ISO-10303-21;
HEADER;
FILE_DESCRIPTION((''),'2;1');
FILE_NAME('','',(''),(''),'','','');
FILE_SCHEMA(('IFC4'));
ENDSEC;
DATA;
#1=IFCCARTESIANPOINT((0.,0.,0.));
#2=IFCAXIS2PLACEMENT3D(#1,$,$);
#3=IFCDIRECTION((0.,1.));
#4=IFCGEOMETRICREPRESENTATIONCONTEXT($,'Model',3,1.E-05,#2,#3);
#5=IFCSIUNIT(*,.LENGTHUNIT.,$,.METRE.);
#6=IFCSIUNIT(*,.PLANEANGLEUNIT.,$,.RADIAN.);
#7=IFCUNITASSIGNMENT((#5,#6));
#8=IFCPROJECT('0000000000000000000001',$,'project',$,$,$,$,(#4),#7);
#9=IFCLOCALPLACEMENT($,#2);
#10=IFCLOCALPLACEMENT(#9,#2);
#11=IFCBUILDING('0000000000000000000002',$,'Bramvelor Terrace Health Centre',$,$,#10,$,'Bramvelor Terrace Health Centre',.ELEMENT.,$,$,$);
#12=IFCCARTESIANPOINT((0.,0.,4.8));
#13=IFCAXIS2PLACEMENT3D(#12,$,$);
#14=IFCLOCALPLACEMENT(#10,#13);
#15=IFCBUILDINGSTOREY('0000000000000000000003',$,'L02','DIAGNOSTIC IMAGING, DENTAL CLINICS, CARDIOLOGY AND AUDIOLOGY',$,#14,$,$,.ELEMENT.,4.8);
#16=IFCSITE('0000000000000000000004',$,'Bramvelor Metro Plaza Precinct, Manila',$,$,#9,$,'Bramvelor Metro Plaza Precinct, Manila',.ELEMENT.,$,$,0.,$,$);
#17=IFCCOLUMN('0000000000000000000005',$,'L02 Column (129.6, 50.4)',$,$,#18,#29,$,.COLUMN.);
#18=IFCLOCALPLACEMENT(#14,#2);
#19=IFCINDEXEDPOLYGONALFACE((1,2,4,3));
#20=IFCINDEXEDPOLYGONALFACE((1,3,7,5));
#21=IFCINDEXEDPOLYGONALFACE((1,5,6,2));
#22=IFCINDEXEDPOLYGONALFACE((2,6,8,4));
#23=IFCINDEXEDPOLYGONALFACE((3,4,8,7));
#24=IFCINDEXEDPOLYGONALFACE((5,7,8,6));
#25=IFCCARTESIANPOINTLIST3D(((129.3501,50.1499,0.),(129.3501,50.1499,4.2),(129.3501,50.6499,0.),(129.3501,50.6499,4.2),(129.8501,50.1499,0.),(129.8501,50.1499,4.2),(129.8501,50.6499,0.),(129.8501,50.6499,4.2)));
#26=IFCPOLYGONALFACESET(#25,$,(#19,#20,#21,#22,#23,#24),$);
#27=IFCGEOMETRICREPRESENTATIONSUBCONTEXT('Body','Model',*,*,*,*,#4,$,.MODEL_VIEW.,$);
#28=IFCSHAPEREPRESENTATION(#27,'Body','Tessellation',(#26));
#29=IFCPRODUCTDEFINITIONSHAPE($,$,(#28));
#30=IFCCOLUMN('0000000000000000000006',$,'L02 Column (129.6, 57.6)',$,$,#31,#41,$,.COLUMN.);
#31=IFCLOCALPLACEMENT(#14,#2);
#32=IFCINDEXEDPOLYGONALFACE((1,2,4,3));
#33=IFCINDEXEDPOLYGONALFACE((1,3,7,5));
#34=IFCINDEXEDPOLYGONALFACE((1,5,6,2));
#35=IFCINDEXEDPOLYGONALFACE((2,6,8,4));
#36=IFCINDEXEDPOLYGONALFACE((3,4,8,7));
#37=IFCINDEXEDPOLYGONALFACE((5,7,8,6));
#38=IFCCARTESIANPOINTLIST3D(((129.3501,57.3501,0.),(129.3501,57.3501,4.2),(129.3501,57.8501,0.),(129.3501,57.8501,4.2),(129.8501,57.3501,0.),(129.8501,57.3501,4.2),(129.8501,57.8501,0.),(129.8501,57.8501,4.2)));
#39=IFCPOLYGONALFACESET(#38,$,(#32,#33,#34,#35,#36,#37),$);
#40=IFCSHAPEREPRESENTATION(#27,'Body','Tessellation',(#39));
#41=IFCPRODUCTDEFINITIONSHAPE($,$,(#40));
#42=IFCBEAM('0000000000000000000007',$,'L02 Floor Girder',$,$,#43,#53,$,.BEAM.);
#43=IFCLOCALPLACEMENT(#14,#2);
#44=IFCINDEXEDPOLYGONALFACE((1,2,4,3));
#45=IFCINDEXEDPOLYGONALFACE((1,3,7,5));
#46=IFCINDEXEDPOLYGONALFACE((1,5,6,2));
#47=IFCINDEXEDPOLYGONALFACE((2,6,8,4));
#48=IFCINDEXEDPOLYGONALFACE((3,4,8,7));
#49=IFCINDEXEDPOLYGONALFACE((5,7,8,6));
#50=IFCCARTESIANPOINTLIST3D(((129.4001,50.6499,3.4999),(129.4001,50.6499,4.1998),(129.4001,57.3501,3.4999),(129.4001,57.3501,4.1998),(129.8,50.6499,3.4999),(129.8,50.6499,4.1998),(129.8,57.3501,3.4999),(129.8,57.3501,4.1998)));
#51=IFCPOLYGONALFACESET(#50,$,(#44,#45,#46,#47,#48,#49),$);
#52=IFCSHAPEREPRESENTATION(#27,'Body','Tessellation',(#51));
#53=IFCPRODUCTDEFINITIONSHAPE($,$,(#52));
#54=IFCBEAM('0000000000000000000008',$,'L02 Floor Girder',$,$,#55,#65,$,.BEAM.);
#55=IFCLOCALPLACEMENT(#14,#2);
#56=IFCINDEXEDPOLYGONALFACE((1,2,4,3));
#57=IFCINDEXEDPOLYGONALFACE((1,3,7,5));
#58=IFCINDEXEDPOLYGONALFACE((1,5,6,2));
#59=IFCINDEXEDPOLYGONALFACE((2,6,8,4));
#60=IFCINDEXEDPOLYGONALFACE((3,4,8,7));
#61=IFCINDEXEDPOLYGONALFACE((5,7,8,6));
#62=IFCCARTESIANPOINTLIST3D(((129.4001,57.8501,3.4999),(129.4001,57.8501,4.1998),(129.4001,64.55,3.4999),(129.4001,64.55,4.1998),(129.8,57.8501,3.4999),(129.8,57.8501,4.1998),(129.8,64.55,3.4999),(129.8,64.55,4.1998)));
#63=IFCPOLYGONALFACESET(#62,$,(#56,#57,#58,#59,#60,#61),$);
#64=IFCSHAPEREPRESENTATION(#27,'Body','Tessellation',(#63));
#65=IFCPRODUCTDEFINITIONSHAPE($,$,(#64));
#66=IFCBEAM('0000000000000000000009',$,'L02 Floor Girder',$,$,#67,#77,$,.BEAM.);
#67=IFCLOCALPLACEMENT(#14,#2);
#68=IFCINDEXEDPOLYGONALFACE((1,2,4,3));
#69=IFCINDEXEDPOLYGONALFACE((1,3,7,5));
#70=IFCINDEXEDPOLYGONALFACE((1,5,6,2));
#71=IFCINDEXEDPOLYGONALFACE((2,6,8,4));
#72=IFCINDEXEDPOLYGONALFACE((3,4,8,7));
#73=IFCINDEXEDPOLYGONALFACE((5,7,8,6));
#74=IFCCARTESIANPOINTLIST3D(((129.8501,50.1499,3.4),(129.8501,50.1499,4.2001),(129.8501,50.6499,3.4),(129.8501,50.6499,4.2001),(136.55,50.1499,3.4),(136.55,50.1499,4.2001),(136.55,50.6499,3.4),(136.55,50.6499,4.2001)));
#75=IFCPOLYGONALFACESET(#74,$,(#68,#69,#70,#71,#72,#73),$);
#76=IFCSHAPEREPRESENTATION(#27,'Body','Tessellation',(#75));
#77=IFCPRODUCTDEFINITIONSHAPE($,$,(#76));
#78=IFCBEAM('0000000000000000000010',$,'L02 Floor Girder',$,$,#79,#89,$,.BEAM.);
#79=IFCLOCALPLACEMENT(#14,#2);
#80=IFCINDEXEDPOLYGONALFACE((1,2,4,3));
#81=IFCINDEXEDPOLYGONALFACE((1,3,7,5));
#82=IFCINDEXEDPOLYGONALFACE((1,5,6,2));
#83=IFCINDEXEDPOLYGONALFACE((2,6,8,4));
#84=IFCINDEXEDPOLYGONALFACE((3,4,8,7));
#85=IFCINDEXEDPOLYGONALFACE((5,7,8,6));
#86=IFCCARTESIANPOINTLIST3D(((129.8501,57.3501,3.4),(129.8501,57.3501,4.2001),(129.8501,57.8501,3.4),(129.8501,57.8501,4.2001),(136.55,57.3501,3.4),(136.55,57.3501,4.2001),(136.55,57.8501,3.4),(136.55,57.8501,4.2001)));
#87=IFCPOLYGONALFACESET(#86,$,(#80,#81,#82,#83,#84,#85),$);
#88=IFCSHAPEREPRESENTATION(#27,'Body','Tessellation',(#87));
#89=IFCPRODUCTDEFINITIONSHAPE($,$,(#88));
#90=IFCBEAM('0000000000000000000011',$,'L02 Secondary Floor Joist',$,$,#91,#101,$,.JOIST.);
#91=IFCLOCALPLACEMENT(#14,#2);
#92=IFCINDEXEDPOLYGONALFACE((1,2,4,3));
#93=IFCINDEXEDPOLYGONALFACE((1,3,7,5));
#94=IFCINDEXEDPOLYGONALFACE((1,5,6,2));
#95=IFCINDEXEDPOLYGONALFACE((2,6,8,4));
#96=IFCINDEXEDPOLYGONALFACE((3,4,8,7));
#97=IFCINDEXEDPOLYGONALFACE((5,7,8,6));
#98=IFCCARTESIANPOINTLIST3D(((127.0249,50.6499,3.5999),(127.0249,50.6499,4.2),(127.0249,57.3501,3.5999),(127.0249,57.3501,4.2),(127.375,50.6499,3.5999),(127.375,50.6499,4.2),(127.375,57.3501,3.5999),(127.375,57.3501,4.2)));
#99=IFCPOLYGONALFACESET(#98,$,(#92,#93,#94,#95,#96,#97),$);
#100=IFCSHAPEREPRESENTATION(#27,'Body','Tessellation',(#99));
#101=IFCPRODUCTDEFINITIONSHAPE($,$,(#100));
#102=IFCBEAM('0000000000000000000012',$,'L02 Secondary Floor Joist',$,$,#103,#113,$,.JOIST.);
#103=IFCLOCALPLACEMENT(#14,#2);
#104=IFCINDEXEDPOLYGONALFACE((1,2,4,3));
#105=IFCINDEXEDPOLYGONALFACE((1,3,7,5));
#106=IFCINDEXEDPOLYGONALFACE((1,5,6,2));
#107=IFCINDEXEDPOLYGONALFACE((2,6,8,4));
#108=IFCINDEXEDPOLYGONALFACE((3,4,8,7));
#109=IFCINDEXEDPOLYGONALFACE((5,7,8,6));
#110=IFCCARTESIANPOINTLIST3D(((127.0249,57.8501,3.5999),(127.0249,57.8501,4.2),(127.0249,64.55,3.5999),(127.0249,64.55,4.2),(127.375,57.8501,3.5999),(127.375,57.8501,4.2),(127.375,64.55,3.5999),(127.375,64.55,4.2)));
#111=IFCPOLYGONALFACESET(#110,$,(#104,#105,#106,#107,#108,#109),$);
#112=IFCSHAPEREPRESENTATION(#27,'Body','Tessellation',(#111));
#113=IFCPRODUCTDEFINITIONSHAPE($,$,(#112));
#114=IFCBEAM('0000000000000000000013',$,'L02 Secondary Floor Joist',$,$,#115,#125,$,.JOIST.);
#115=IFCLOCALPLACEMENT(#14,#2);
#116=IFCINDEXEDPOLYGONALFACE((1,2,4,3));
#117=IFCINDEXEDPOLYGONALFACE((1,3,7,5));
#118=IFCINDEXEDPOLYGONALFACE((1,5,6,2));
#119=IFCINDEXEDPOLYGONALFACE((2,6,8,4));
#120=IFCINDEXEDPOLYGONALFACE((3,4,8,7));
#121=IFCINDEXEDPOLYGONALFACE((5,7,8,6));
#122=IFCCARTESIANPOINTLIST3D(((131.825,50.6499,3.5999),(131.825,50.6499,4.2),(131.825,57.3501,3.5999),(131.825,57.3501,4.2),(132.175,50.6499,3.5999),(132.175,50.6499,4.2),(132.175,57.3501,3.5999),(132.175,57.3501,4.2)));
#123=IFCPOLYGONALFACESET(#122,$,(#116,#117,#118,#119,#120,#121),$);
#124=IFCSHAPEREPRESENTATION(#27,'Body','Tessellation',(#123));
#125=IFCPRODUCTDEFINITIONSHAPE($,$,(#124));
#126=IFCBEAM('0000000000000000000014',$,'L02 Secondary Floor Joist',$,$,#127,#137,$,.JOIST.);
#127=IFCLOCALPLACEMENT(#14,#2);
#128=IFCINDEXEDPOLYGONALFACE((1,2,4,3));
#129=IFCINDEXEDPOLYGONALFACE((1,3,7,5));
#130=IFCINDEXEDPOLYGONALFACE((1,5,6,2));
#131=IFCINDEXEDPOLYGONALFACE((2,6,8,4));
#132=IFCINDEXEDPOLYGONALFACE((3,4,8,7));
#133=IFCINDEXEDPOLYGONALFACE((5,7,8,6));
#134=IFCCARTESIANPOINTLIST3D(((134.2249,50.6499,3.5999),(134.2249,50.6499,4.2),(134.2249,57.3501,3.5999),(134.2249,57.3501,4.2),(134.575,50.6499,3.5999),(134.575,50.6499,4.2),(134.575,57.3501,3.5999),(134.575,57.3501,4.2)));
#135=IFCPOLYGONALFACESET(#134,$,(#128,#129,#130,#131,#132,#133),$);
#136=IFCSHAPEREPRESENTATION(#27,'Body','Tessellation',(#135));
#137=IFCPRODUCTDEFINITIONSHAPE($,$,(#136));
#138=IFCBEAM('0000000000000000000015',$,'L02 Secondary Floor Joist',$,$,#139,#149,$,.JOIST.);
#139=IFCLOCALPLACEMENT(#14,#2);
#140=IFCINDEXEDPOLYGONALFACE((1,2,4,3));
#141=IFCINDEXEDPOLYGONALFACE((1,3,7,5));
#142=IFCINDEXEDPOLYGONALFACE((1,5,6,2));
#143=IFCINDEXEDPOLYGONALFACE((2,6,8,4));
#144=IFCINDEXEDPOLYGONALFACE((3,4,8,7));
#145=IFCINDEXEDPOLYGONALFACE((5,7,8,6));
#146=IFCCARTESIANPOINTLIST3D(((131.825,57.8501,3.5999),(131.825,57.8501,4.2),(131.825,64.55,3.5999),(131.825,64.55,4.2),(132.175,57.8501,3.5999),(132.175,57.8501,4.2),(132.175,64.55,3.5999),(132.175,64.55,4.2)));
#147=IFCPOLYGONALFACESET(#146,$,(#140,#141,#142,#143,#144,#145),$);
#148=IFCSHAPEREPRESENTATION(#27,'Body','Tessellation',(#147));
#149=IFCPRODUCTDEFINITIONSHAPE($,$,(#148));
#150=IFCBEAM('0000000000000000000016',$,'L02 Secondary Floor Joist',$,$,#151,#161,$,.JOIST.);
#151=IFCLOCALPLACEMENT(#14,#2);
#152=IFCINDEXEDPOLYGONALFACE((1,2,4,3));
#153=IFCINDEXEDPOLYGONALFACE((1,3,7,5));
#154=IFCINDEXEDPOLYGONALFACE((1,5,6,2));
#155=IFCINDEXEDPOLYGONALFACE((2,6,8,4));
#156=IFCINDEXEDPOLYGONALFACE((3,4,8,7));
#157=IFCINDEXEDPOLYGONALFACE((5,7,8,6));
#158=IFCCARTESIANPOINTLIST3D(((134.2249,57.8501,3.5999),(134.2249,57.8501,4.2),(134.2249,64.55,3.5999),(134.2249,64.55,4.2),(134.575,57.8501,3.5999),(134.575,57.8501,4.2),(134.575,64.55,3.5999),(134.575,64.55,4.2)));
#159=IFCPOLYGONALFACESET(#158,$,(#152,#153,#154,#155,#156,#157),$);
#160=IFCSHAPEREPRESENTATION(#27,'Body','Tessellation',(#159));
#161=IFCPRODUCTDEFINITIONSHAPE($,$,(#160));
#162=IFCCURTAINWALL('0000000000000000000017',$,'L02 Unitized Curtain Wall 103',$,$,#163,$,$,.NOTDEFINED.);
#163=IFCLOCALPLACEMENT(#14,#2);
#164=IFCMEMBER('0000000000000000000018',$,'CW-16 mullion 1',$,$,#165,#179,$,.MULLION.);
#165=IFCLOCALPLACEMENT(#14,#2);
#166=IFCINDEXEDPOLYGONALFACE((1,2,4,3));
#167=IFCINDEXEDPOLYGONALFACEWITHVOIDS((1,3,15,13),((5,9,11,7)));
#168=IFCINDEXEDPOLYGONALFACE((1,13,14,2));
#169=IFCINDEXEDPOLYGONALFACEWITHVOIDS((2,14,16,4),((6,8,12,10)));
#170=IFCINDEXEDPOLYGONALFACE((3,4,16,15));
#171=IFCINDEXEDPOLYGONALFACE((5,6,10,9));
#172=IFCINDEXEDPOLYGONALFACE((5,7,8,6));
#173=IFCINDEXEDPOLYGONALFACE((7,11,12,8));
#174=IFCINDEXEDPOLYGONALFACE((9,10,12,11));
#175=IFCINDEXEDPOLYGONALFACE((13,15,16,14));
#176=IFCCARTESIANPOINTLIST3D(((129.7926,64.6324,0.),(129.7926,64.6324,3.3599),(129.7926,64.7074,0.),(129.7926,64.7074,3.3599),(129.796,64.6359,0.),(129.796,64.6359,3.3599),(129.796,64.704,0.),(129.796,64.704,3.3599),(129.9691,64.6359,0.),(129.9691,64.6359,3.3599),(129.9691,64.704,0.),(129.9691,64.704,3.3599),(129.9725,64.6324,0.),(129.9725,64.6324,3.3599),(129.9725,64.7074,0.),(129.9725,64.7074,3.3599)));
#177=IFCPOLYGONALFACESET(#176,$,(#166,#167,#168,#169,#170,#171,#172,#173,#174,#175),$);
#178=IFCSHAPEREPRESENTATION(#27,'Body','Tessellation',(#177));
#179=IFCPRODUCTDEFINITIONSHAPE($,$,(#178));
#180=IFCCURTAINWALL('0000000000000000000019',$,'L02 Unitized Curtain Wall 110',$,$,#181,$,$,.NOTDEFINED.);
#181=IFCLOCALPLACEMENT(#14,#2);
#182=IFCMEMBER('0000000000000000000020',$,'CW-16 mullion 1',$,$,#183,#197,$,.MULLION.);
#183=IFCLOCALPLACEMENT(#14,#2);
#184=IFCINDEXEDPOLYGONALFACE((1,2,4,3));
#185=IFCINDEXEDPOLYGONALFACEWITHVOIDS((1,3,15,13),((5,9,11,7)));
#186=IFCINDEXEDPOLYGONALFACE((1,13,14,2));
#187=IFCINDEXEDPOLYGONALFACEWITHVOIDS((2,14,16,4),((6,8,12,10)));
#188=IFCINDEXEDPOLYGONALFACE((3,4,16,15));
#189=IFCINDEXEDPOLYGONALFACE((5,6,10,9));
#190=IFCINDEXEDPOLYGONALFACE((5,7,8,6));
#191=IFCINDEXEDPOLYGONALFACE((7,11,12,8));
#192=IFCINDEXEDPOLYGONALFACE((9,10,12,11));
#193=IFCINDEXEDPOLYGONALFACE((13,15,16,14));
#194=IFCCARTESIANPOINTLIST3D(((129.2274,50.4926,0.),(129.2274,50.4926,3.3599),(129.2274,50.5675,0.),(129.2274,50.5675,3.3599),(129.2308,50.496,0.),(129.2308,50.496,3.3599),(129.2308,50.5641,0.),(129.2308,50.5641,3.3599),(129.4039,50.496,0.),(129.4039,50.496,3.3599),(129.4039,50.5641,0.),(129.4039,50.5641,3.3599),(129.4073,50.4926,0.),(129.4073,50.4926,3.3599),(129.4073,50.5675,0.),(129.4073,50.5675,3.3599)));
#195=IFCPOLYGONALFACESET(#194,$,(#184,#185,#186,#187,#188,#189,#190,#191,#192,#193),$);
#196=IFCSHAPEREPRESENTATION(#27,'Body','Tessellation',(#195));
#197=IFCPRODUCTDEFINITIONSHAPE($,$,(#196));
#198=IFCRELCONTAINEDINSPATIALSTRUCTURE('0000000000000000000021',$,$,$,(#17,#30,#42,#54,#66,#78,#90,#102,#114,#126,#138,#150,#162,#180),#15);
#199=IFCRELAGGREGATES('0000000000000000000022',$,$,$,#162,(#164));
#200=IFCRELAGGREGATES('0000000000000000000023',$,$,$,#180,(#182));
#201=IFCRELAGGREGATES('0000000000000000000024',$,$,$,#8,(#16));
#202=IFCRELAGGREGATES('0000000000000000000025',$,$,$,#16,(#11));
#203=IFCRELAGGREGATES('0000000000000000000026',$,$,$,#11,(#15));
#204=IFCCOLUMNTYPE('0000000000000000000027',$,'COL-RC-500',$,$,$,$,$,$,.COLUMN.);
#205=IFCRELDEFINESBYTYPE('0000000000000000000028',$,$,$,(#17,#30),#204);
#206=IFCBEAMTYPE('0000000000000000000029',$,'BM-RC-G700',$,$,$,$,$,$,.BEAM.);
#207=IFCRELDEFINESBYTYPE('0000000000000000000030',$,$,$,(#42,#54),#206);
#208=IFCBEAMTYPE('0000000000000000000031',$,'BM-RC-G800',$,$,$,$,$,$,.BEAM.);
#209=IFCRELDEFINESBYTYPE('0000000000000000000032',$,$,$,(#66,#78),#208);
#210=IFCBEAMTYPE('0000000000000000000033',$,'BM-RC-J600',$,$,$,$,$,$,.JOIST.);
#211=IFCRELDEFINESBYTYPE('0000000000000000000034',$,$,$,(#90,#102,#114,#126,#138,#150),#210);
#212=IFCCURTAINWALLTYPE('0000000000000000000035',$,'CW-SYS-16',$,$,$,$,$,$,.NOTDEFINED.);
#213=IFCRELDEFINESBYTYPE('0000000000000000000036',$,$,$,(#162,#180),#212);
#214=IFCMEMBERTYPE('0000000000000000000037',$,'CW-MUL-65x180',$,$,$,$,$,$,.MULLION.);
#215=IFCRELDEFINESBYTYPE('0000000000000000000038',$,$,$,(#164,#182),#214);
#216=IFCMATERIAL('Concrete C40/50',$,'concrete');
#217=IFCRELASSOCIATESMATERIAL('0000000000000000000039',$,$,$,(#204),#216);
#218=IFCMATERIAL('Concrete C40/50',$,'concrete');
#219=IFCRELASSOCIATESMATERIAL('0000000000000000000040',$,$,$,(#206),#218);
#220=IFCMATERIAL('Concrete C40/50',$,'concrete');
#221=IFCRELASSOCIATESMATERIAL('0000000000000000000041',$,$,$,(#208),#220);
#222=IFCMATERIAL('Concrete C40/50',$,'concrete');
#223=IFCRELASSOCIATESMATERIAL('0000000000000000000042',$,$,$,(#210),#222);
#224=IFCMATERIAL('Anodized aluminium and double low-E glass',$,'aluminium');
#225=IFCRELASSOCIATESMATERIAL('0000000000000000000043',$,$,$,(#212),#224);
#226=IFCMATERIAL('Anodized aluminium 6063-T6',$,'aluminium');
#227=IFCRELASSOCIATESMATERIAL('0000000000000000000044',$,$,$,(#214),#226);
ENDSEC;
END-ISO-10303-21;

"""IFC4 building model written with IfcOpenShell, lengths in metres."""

from ifc_helpers import new_model, si_unit, direction, frame, origin, origin_2d, place, context, subcontext, project, spatial, rectangle, hollow_rectangle, extrude, material, material_profile, profile_set, type_object, element, aggregate, save


model = new_model("IFC4")

# Units and contexts
model_context = context("Model", 3, precision=1e-05, world=origin(), true_north=direction((0.0, 1.0)))
body_context = subcontext(model_context, "Body", "Model", "MODEL_VIEW")
ifc_project = project(units=[si_unit("LENGTHUNIT", "METRE"), si_unit("PLANEANGLEUNIT", "RADIAN")], contexts=[model_context])

# Site, building, storey
site_placement = place(None, origin())
site = spatial("IfcSite", under=ifc_project, at=site_placement, Name="Bramvelor Metro Plaza Precinct, Manila", LongName="Bramvelor Metro Plaza Precinct, Manila", CompositionType="ELEMENT", RefElevation=0.0)
building_placement = place(site_placement, origin())
building = spatial("IfcBuilding", under=site, at=building_placement, Name="Bramvelor Terrace Health Centre", LongName="Bramvelor Terrace Health Centre", CompositionType="ELEMENT")
storey_placement = place(building_placement, frame((0.0, 0.0, 4.8)))
storey = spatial("IfcBuildingStorey", under=building, at=storey_placement, Name="L02", Description="DIAGNOSTIC IMAGING, DENTAL CLINICS, CARDIOLOGY AND AUDIOLOGY", CompositionType="ELEMENT", Elevation=4.8)

# Columns
ifc_material_1 = material(Name="Concrete C40/50", Category="concrete")
ifc_material_profile_1 = material_profile(ifc_material_1, rectangle(XDim=0.5, YDim=0.5, at=origin_2d()), Name="RC 500x500")
ifc_profile_set_1 = profile_set([ifc_material_profile_1], Name="Concrete C40/50")
column_type = type_object("IfcColumnType", Name="COL-RC-500", PredefinedType="COLUMN", material=ifc_profile_set_1)
for number, where, z_axis, x_axis, name in (
    (1, (129.6001, 50.3999, 0.0), (0.0, 0.0, 1.0), (1.0, 0.0, 0.0), "L02 Column (129.6, 50.4)"),
    (2, (129.6001, 57.6001, 0.0), (0.0, 0.0, 1.0), (1.0, 0.0, 0.0), "L02 Column (129.6, 57.6)"),
):
    element("IfcColumn", number, at=place(storey_placement, frame(where, z_axis=z_axis, x_axis=x_axis)), inside=storey, type_object=column_type, Name=name, PredefinedType="COLUMN", context=body_context, shape_type="SweptSolid", body=[
        extrude(rectangle(XDim=0.5, YDim=0.5, at=origin_2d()), origin(), (0.0, 0.0, 1.0), 4.2),
    ])

# Beams
ifc_material_2 = material(Name="Concrete C40/50", Category="concrete")
ifc_material_profile_2 = material_profile(ifc_material_2, rectangle(XDim=0.3999, YDim=0.7, at=origin_2d()), Name="RC 400x700")
ifc_profile_set_2 = profile_set([ifc_material_profile_2], Name="Concrete C40/50")
beam_type_1 = type_object("IfcBeamType", Name="BM-RC-G700", PredefinedType="BEAM", material=ifc_profile_set_2)
beam_1_placement = place(storey_placement, frame((129.6001, 50.6499, 3.8499), z_axis=(0.0, 1.0, 0.0), x_axis=(-1.0, 0.0, 0.0)))
element("IfcBeam", 3, at=beam_1_placement, inside=storey, type_object=beam_type_1, Name="L02 Floor Girder", PredefinedType="BEAM", context=body_context, shape_type="SweptSolid", body=[
    extrude(rectangle(XDim=0.3999, YDim=0.7, at=origin_2d()), origin(), (0.0, 0.0, 1.0), 6.7002),
])
beam_2_placement = place(storey_placement, frame((129.6001, 57.8501, 3.8499), z_axis=(0.0, 1.0, 0.0), x_axis=(-1.0, 0.0, 0.0)))
element("IfcBeam", 4, at=beam_2_placement, inside=storey, type_object=beam_type_1, Name="L02 Floor Girder", PredefinedType="BEAM", context=body_context, shape_type="SweptSolid", body=[
    extrude(rectangle(XDim=0.3999, YDim=0.7, at=origin_2d()), origin(), (0.0, 0.0, 1.0), 6.7),
])
ifc_material_3 = material(Name="Concrete C40/50", Category="concrete")
ifc_material_profile_3 = material_profile(ifc_material_3, rectangle(XDim=0.5, YDim=0.8, at=origin_2d()), Name="RC 500x800")
ifc_profile_set_3 = profile_set([ifc_material_profile_3], Name="Concrete C40/50")
beam_type_2 = type_object("IfcBeamType", Name="BM-RC-G800", PredefinedType="BEAM", material=ifc_profile_set_3)
for number, where, z_axis, x_axis, name in (
    (5, (129.8501, 50.3999, 3.8), (1.0, 0.0, 0.0), (0.0, 1.0, 0.0), "L02 Floor Girder"),
    (6, (129.8501, 57.6001, 3.8), (1.0, 0.0, 0.0), (0.0, 1.0, 0.0), "L02 Floor Girder"),
):
    element("IfcBeam", number, at=place(storey_placement, frame(where, z_axis=z_axis, x_axis=x_axis)), inside=storey, type_object=beam_type_2, Name=name, PredefinedType="BEAM", context=body_context, shape_type="SweptSolid", body=[
        extrude(rectangle(XDim=0.5, YDim=0.8, at=origin_2d()), origin(), (0.0, 0.0, 1.0), 6.7),
    ])
ifc_material_4 = material(Name="Concrete C40/50", Category="concrete")
ifc_material_profile_4 = material_profile(ifc_material_4, rectangle(XDim=0.3501, YDim=0.6001, at=origin_2d()), Name="RC 350x600")
ifc_profile_set_4 = profile_set([ifc_material_profile_4], Name="Concrete C40/50")
beam_type_3 = type_object("IfcBeamType", Name="BM-RC-J600", PredefinedType="JOIST", material=ifc_profile_set_4)
beam_3_placement = place(storey_placement, frame((127.2, 50.6499, 3.8999), z_axis=(0.0, 1.0, 0.0), x_axis=(-1.0, 0.0, 0.0)))
element("IfcBeam", 7, at=beam_3_placement, inside=storey, type_object=beam_type_3, Name="L02 Secondary Floor Joist", PredefinedType="JOIST", context=body_context, shape_type="SweptSolid", body=[
    extrude(rectangle(XDim=0.3501, YDim=0.6001, at=origin_2d()), origin(), (0.0, 0.0, 1.0), 6.7002),
])
beam_4_placement = place(storey_placement, frame((127.2, 57.8501, 3.8999), z_axis=(0.0, 1.0, 0.0), x_axis=(-1.0, 0.0, 0.0)))
element("IfcBeam", 8, at=beam_4_placement, inside=storey, type_object=beam_type_3, Name="L02 Secondary Floor Joist", PredefinedType="JOIST", context=body_context, shape_type="SweptSolid", body=[
    extrude(rectangle(XDim=0.3501, YDim=0.6001, at=origin_2d()), origin(), (0.0, 0.0, 1.0), 6.7),
])
for number, where, z_axis, x_axis, name in (
    (9, (132.0, 50.6499, 3.8999), (0.0, 1.0, 0.0), (-1.0, 0.0, 0.0), "L02 Secondary Floor Joist"),
    (10, (134.3999, 50.6499, 3.8999), (0.0, 1.0, 0.0), (-1.0, 0.0, 0.0), "L02 Secondary Floor Joist"),
):
    element("IfcBeam", number, at=place(storey_placement, frame(where, z_axis=z_axis, x_axis=x_axis)), inside=storey, type_object=beam_type_3, Name=name, PredefinedType="JOIST", context=body_context, shape_type="SweptSolid", body=[
        extrude(rectangle(XDim=0.3501, YDim=0.6001, at=origin_2d()), origin(), (0.0, 0.0, 1.0), 6.7002),
    ])
for number, where, z_axis, x_axis, name in (
    (11, (132.0, 57.8501, 3.8999), (0.0, 1.0, 0.0), (-1.0, 0.0, 0.0), "L02 Secondary Floor Joist"),
    (12, (134.3999, 57.8501, 3.8999), (0.0, 1.0, 0.0), (-1.0, 0.0, 0.0), "L02 Secondary Floor Joist"),
):
    element("IfcBeam", number, at=place(storey_placement, frame(where, z_axis=z_axis, x_axis=x_axis)), inside=storey, type_object=beam_type_3, Name=name, PredefinedType="JOIST", context=body_context, shape_type="SweptSolid", body=[
        extrude(rectangle(XDim=0.3501, YDim=0.6001, at=origin_2d()), origin(), (0.0, 0.0, 1.0), 6.7),
    ])

# Curtain wall, member
ifc_material_5 = material(Name="Anodized aluminium and double low-E glass", Category="aluminium")
curtain_wall_type = type_object("IfcCurtainWallType", Name="CW-SYS-16", PredefinedType="NOTDEFINED", material=ifc_material_5)
curtain_wall_1_placement = place(storey_placement, origin())
curtain_wall_1 = element("IfcCurtainWall", 13, at=curtain_wall_1_placement, inside=storey, type_object=curtain_wall_type, Name="L02 Unitized Curtain Wall 103", PredefinedType="NOTDEFINED")
ifc_material_6 = material(Name="Anodized aluminium 6063-T6", Category="aluminium")
ifc_material_profile_5 = material_profile(ifc_material_6, hollow_rectangle(XDim=0.075, YDim=0.1799, WallThickness=0.0034, at=origin_2d()), Name="ALU-MUL 75x180x3.5")
ifc_profile_set_5 = profile_set([ifc_material_profile_5], Name="Anodized aluminium 6063-T6")
member_type_1 = type_object("IfcMemberType", Name="CW-MUL-65x180", PredefinedType="MULLION", material=ifc_profile_set_5)
member_1_placement = place(storey_placement, frame((129.8826, 64.6699, 0.0), z_axis=(0.0, 0.0, 1.0), x_axis=(0.0, 1.0, 0.0)))
member_1 = element("IfcMember", 14, at=member_1_placement, type_object=member_type_1, Name="CW-16 mullion 1", PredefinedType="MULLION", context=body_context, shape_type="SweptSolid", body=[
    extrude(hollow_rectangle(XDim=0.075, YDim=0.1799, WallThickness=0.0034, at=origin_2d()), origin(), (0.0, 0.0, 1.0), 3.3599),
])
aggregate(curtain_wall_1, [member_1])

# Curtain wall, member
curtain_wall_2_placement = place(storey_placement, origin())
curtain_wall_2 = element("IfcCurtainWall", 15, at=curtain_wall_2_placement, inside=storey, type_object=curtain_wall_type, Name="L02 Unitized Curtain Wall 110", PredefinedType="NOTDEFINED")
member_2_placement = place(storey_placement, frame((129.3174, 50.53, 0.0), z_axis=(0.0, 0.0, 1.0), x_axis=(0.0, -1.0, 0.0)))
member_2 = element("IfcMember", 16, at=member_2_placement, type_object=member_type_1, Name="CW-16 mullion 1", PredefinedType="MULLION", context=body_context, shape_type="SweptSolid", body=[
    extrude(hollow_rectangle(XDim=0.075, YDim=0.1799, WallThickness=0.0034, at=origin_2d()), origin(), (0.0, 0.0, 1.0), 3.3599),
])
aggregate(curtain_wall_2, [member_2])

save(model, "model.ifc")
